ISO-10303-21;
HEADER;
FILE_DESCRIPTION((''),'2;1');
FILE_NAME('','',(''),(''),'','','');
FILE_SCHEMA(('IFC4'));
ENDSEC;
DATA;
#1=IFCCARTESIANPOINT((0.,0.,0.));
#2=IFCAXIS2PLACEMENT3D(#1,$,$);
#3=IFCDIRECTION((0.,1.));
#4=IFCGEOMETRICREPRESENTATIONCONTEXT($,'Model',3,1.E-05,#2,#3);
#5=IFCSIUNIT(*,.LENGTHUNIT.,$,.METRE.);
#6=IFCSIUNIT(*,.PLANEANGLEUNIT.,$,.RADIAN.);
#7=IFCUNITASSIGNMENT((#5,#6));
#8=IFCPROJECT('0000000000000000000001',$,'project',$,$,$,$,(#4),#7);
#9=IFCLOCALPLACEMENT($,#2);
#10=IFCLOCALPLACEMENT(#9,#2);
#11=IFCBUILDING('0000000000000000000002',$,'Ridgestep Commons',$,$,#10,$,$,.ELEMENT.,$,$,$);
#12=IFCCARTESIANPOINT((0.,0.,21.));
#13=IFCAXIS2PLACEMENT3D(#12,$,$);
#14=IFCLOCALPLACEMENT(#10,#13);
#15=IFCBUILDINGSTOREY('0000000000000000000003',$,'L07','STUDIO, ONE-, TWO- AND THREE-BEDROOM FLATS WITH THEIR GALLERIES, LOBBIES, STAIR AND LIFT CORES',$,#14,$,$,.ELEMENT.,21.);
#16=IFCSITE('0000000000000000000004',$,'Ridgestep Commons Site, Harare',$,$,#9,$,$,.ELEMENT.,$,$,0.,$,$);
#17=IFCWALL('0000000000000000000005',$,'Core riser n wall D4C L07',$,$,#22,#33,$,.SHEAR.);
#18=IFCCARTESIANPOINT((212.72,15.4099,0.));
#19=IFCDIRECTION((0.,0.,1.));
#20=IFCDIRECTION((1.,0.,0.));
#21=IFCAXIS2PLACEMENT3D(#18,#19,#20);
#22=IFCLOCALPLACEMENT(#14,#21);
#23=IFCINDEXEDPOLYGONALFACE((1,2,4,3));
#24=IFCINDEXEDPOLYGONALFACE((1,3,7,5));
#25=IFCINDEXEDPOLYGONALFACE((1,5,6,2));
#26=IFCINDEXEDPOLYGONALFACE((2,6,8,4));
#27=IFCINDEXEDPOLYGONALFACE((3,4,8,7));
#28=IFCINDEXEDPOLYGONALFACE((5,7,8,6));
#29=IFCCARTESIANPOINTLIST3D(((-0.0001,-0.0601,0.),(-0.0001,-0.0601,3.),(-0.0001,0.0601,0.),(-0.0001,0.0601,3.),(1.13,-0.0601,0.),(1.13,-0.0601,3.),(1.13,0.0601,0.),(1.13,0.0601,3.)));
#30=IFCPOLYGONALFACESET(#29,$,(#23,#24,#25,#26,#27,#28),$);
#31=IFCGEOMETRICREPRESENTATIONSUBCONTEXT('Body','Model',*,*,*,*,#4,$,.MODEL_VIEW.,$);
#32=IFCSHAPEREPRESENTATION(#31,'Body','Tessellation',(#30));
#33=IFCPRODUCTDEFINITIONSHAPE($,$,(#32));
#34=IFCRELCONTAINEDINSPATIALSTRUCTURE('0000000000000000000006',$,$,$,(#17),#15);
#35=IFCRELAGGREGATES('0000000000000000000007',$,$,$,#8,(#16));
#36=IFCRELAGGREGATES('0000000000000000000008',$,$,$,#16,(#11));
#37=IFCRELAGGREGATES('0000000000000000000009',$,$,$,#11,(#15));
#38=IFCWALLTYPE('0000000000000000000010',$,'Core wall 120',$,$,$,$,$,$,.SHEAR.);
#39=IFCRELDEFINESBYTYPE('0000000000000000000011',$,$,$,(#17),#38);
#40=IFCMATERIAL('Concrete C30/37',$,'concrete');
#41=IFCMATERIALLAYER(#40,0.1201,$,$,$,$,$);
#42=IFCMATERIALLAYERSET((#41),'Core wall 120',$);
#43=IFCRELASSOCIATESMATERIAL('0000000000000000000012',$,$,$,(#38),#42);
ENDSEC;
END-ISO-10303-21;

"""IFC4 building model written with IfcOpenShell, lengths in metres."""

from ifc_helpers import new_model, si_unit, direction, frame, frame_2d, origin, place, context, subcontext, project, spatial, rectangle, extrude, material, layer, layer_set, type_object, element, save


model = new_model("IFC4")

# Units and contexts
model_context = context("Model", 3, precision=1e-05, world=origin(), true_north=direction((0.0, 1.0)))
body_context = subcontext(model_context, "Body", "Model", "MODEL_VIEW")
ifc_project = project(units=[si_unit("LENGTHUNIT", "METRE"), si_unit("PLANEANGLEUNIT", "RADIAN")], contexts=[model_context])

# Site, building, storey
site_placement = place(None, origin())
site = spatial("IfcSite", under=ifc_project, at=site_placement, Name="Ridgestep Commons Site, Harare", CompositionType="ELEMENT", RefElevation=0.0)
building_placement = place(site_placement, origin())
building = spatial("IfcBuilding", under=site, at=building_placement, Name="Ridgestep Commons", CompositionType="ELEMENT")
storey_placement = place(building_placement, frame((0.0, 0.0, 21.0)))
storey = spatial("IfcBuildingStorey", under=building, at=storey_placement, Name="L07", Description="STUDIO, ONE-, TWO- AND THREE-BEDROOM FLATS WITH THEIR GALLERIES, LOBBIES, STAIR AND LIFT CORES", CompositionType="ELEMENT", Elevation=21.0)

# Shared definitions
ifc_material_1 = material(Name="Concrete C30/37", Category="concrete")
ifc_layer_1 = layer(ifc_material_1, 0.1201)
ifc_layer_set_1 = layer_set([ifc_layer_1], Name="Core wall 120")
wall_type_1 = type_object("IfcWallType", Name="Core wall 120", PredefinedType="SHEAR", material=ifc_layer_set_1)

# Wall
wall_1_placement = place(storey_placement, frame((212.72, 15.4099, 0.0), z_axis=(0.0, 0.0, 1.0), x_axis=(1.0, 0.0, 0.0)))
element("IfcWall", 1, at=wall_1_placement, inside=storey, type_object=wall_type_1, Name="Core riser n wall D4C L07", PredefinedType="SHEAR", context=body_context, shape_type="SweptSolid", body=[
    extrude(rectangle(XDim=1.1301, YDim=0.1201, at=frame_2d((0.5649, 0.0))), origin(), (0.0, 0.0, 1.0), 3.0),
])

save(model, "model.ifc")
